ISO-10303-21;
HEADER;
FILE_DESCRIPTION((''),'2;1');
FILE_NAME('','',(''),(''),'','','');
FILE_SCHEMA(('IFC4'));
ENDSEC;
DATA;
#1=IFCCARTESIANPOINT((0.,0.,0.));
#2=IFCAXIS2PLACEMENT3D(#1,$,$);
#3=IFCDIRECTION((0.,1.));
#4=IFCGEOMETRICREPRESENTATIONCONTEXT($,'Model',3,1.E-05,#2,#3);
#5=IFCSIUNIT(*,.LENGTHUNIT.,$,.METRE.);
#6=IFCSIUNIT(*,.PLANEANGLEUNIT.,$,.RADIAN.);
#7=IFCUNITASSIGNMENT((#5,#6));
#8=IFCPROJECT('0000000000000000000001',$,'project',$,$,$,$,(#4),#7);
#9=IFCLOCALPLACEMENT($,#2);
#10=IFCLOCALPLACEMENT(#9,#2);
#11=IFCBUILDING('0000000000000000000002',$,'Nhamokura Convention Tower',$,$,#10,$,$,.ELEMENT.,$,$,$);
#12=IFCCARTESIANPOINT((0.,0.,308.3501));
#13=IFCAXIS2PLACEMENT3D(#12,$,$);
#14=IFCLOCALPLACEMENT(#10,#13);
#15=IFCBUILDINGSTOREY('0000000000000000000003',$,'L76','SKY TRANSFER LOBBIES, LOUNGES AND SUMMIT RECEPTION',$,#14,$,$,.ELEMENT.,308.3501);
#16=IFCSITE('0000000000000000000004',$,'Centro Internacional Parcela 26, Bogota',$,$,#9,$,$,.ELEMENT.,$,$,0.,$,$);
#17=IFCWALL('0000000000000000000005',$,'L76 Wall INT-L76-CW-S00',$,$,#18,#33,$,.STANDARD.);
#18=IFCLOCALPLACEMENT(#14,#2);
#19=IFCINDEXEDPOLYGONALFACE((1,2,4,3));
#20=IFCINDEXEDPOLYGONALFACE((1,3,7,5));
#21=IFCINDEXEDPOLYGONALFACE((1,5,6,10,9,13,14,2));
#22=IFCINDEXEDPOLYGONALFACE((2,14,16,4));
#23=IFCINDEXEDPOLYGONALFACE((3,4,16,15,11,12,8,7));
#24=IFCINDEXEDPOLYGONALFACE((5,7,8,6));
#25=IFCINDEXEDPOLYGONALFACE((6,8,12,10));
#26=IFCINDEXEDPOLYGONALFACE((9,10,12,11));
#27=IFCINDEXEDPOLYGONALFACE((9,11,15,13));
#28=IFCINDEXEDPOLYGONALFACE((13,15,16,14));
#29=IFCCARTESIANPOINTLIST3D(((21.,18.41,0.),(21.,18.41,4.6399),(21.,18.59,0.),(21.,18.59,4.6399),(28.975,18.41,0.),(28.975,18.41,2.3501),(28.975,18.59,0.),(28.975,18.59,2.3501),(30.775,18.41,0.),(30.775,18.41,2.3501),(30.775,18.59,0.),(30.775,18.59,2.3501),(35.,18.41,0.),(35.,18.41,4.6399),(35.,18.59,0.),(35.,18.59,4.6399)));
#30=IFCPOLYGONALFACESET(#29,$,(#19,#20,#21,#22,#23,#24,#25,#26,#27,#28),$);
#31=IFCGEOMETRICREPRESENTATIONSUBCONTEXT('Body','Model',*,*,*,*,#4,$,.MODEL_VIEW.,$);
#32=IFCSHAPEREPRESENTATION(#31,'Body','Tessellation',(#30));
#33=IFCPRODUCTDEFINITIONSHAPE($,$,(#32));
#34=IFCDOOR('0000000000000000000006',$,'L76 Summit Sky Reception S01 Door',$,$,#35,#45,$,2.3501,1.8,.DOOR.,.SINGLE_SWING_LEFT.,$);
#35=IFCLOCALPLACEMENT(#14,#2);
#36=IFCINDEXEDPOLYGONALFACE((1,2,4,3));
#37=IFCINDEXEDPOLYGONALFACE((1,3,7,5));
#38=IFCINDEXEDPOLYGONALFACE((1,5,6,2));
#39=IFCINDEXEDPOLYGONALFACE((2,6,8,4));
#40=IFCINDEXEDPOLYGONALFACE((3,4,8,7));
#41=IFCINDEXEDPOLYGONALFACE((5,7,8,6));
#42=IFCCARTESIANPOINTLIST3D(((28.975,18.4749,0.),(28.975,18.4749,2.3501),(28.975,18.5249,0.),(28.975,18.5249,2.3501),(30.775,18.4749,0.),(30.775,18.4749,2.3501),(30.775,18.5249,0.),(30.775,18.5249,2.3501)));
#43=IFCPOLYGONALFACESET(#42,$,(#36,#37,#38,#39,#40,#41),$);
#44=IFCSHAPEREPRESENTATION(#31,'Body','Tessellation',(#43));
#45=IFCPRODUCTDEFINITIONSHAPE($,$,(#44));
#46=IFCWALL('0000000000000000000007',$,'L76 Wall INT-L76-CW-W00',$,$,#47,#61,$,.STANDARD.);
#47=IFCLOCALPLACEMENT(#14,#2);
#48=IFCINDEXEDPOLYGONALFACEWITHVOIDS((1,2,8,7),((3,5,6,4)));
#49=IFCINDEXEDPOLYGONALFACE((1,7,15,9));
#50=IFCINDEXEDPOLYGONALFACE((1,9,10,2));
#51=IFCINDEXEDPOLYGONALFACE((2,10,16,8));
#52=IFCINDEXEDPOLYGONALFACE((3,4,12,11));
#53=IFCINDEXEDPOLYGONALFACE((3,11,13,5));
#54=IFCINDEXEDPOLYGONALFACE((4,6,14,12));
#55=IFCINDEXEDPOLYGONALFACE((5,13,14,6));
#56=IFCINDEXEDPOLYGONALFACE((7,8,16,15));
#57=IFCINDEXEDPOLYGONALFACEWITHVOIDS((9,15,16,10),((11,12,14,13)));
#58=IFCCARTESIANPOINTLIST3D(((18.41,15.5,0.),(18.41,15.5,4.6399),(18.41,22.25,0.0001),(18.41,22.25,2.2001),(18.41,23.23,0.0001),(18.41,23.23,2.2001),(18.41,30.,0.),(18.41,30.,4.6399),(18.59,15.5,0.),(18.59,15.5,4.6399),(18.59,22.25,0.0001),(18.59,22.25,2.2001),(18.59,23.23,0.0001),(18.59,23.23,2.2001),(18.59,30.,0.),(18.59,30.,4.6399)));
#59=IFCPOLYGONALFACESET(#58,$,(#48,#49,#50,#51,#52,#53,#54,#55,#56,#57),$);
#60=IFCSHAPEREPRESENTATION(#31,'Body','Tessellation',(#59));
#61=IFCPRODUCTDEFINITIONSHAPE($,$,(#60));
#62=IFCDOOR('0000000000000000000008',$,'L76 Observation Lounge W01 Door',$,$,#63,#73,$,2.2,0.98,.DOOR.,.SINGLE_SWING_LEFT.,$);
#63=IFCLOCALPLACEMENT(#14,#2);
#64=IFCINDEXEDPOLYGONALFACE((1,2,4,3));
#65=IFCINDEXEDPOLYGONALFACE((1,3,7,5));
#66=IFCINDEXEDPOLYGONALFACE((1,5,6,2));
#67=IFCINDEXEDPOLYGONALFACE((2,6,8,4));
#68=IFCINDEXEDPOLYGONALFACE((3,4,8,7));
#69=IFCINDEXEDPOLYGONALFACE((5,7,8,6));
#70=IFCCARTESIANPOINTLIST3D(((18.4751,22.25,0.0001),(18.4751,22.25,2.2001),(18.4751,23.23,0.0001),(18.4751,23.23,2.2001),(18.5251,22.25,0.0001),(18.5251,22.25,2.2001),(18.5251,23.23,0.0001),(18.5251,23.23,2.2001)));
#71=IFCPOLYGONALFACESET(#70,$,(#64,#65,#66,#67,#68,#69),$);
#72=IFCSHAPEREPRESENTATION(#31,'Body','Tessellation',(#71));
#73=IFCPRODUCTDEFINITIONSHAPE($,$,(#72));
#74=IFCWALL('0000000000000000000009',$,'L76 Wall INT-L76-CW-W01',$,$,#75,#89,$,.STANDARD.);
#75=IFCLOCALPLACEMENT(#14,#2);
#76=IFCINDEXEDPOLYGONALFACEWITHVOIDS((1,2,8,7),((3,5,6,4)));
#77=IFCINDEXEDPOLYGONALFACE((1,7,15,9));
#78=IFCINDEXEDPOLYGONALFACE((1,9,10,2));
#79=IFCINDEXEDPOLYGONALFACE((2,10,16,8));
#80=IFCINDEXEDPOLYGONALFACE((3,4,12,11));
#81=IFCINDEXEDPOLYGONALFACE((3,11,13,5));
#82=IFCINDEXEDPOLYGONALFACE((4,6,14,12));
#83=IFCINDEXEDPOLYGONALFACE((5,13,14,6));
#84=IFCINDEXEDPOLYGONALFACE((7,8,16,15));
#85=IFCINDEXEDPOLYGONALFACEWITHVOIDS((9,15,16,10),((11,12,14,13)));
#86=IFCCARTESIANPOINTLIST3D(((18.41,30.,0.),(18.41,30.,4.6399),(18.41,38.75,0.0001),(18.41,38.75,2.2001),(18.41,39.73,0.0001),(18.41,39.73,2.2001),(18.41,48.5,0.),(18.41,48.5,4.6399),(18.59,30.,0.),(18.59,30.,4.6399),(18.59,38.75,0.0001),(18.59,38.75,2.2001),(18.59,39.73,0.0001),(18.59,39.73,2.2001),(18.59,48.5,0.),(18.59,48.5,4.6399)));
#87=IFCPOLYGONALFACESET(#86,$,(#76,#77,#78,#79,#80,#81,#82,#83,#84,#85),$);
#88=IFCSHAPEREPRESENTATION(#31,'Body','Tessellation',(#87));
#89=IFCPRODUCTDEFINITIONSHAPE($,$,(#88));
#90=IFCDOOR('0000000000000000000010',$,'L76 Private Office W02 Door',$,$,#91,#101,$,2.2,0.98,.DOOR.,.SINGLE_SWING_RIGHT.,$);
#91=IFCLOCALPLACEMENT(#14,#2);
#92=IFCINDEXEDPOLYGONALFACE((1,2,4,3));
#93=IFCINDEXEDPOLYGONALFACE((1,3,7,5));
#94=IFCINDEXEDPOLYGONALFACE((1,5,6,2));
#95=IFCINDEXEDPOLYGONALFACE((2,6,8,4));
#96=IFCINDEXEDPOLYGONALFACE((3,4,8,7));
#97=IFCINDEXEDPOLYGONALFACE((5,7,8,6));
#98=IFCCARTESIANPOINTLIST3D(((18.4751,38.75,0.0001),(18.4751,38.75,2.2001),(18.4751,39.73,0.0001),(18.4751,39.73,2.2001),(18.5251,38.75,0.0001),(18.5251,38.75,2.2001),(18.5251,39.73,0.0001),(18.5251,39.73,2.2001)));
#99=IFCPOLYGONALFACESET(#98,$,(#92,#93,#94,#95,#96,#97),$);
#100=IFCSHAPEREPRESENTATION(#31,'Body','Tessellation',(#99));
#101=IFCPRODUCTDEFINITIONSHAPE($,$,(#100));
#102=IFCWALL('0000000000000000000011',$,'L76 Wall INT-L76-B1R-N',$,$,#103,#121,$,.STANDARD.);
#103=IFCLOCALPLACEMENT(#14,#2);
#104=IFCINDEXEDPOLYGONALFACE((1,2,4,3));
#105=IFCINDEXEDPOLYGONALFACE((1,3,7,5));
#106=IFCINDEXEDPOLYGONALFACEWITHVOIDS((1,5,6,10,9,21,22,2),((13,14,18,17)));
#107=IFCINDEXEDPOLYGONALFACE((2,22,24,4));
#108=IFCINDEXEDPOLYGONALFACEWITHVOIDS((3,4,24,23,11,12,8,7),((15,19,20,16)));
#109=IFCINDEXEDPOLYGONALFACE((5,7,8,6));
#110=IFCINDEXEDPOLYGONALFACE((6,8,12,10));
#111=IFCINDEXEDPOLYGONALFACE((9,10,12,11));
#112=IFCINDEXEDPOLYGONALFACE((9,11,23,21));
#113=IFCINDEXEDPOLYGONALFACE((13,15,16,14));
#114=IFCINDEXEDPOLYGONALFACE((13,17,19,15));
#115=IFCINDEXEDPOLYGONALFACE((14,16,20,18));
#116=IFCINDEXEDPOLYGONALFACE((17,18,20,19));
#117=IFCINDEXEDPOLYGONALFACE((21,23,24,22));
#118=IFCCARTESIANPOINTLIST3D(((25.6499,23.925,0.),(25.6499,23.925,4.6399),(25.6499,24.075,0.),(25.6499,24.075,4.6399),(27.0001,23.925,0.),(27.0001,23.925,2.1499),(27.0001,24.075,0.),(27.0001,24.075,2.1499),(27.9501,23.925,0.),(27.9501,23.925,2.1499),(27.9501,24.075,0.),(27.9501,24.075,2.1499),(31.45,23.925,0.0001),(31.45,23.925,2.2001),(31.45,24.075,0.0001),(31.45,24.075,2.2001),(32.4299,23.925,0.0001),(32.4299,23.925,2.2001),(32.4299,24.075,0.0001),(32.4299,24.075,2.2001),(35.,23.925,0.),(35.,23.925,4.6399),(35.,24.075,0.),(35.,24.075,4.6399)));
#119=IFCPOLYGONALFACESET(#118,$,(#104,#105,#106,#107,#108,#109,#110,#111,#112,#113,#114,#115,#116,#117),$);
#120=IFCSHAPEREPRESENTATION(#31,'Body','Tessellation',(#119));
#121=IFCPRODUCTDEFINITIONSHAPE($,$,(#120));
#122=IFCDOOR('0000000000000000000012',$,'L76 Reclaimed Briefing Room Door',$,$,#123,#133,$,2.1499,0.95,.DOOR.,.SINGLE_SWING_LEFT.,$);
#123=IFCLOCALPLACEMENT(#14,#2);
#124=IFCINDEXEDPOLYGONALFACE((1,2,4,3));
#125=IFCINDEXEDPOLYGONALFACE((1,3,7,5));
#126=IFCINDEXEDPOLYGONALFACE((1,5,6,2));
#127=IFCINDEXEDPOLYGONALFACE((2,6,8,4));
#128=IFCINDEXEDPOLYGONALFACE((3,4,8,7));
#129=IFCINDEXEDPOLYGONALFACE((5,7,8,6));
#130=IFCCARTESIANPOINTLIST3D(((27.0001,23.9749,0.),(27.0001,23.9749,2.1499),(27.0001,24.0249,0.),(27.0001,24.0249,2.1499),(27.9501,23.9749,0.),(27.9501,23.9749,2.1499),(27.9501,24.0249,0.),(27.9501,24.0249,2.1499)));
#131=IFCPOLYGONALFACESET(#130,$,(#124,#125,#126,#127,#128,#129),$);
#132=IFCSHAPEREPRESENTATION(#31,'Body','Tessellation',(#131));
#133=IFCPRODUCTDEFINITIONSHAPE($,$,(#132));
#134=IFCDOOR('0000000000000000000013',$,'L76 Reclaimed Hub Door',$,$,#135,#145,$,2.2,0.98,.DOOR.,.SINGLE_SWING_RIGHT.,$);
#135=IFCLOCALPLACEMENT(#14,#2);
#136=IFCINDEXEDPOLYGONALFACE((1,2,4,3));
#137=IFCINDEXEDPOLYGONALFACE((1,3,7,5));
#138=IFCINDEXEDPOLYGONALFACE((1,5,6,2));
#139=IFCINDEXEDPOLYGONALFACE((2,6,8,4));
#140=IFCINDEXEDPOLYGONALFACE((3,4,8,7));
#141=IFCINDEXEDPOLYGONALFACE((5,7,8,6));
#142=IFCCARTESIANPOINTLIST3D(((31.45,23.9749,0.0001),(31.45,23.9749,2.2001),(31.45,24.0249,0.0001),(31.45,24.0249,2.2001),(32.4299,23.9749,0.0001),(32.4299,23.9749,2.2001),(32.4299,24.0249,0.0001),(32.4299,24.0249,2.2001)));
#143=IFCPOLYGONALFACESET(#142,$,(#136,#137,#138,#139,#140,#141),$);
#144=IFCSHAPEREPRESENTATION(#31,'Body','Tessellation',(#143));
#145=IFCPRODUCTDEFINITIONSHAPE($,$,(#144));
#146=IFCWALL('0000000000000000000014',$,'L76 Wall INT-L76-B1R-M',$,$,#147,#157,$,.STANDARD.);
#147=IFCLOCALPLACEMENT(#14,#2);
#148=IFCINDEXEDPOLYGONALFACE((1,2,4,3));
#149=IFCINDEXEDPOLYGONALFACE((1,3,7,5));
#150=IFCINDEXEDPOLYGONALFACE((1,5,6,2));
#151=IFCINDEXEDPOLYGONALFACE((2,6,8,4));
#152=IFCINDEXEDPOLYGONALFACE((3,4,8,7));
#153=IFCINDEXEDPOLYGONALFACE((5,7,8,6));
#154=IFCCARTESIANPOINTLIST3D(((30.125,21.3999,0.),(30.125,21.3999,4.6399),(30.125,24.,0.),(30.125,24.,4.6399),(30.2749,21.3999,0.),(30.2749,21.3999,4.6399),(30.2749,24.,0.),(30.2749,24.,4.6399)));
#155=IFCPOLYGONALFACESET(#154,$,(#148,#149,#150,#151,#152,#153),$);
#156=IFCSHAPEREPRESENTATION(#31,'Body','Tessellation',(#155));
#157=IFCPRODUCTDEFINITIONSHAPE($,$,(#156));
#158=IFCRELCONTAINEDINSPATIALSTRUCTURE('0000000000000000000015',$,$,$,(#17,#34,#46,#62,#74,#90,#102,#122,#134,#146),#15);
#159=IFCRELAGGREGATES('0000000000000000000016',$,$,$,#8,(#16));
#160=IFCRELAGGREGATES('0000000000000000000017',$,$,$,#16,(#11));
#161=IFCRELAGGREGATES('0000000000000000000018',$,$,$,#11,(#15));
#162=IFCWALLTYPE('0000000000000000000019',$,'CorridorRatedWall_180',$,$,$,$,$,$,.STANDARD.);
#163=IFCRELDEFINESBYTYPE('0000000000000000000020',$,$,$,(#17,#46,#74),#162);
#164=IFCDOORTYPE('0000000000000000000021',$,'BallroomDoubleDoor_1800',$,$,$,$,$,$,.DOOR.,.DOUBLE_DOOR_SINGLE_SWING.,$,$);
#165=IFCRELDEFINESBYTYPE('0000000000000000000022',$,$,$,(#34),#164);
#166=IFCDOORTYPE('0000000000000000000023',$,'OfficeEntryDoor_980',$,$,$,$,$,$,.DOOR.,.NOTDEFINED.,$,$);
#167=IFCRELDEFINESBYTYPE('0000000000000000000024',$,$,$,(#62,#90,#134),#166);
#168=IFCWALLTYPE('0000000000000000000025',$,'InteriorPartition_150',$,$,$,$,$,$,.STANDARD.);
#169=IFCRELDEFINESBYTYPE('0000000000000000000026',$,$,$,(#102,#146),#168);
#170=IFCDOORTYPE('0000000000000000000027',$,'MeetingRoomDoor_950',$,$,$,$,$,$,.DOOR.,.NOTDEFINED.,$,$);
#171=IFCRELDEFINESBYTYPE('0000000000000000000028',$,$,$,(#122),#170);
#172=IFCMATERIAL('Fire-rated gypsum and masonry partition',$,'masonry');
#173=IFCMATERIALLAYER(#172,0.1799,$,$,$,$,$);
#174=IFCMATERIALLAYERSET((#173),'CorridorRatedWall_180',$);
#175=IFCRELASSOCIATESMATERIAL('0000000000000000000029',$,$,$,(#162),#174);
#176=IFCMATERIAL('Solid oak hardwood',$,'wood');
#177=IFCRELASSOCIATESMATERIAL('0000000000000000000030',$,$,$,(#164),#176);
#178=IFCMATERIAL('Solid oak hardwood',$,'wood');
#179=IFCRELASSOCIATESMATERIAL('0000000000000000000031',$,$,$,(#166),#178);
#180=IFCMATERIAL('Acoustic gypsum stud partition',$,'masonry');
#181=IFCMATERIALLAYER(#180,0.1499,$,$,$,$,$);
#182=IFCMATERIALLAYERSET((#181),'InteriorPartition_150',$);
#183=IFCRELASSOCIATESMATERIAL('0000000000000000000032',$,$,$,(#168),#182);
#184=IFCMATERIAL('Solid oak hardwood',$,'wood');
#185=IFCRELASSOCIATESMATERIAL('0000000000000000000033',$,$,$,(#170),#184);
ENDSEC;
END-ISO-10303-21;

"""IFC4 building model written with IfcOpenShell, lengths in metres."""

from ifc_helpers import new_model, si_unit, direction, frame, frame_2d, origin, place, context, subcontext, project, spatial, rectangle, extrude, material, layer, layer_set, type_object, element, fill, save


model = new_model("IFC4")

# Units and contexts
model_context = context("Model", 3, precision=1e-05, world=origin(), true_north=direction((0.0, 1.0)))
body_context = subcontext(model_context, "Body", "Model", "MODEL_VIEW")
ifc_project = project(units=[si_unit("LENGTHUNIT", "METRE"), si_unit("PLANEANGLEUNIT", "RADIAN")], contexts=[model_context])

# Site, building, storey
site_placement = place(None, origin())
site = spatial("IfcSite", under=ifc_project, at=site_placement, Name="Centro Internacional Parcela 26, Bogota", CompositionType="ELEMENT", RefElevation=0.0)
building_placement = place(site_placement, origin())
building = spatial("IfcBuilding", under=site, at=building_placement, Name="Nhamokura Convention Tower", CompositionType="ELEMENT")
storey_placement = place(building_placement, frame((0.0, 0.0, 308.3501)))
storey = spatial("IfcBuildingStorey", under=building, at=storey_placement, Name="L76", Description="SKY TRANSFER LOBBIES, LOUNGES AND SUMMIT RECEPTION", CompositionType="ELEMENT", Elevation=308.3501)

# Walls, openings, doors
ifc_material_1 = material(Name="Fire-rated gypsum and masonry partition", Category="masonry")
ifc_layer_1 = layer(ifc_material_1, 0.1799)
ifc_layer_set_1 = layer_set([ifc_layer_1], Name="CorridorRatedWall_180")
wall_type_1 = type_object("IfcWallType", Name="CorridorRatedWall_180", PredefinedType="STANDARD", material=ifc_layer_set_1)
wall_1_placement = place(storey_placement, frame((21.0, 18.5, 0.0), z_axis=(0.0, 0.0, 1.0), x_axis=(1.0, 0.0, 0.0)))
wall_1 = element("IfcWall", 1, at=wall_1_placement, inside=storey, type_object=wall_type_1, Name="L76 Wall INT-L76-CW-S00", PredefinedType="STANDARD", context=body_context, shape_type="SweptSolid", body=[
    extrude(rectangle(XDim=14.0, YDim=0.1799, at=frame_2d((7.0, 0.0))), origin(), (0.0, 0.0, 1.0), 4.6399),
])
opening_1_placement = place(wall_1_placement, frame((7.9751, 0.0, 0.0)))
opening_1 = element("IfcOpeningElement", 2, at=opening_1_placement, cuts=wall_1, PredefinedType="OPENING", context=body_context, shape_type="SweptSolid", body=[
    extrude(rectangle(XDim=1.8, YDim=2.3501, at=frame_2d((0.8999, 1.175))), frame((0.0, 0.0999, 0.0), z_axis=(0.0, -1.0, 0.0), x_axis=(1.0, 0.0, 0.0)), (0.0, 0.0, 1.0), 0.2),
])
ifc_material_2 = material(Name="Solid oak hardwood", Category="wood")
door_type_1 = type_object("IfcDoorType", Name="BallroomDoubleDoor_1800", OperationType="DOUBLE_DOOR_SINGLE_SWING", PredefinedType="DOOR", material=ifc_material_2)
door_1_placement = place(opening_1_placement, origin())
door_1 = element("IfcDoor", 3, at=door_1_placement, inside=storey, type_object=door_type_1, Name="L76 Summit Sky Reception S01 Door", OperationType="SINGLE_SWING_LEFT", OverallHeight=2.3501, OverallWidth=1.8, PredefinedType="DOOR", context=body_context, shape_type="SweptSolid", body=[
    extrude(rectangle(XDim=1.8, YDim=2.3501, at=frame_2d((0.8999, 1.175))), frame((0.0, 0.0249, 0.0), z_axis=(0.0, -1.0, 0.0), x_axis=(1.0, 0.0, 0.0)), (0.0, 0.0, 1.0), 0.05),
])
fill(opening_1, door_1)
wall_2_placement = place(storey_placement, frame((18.5, 15.5, 0.0), z_axis=(0.0, 0.0, 1.0), x_axis=(0.0, 1.0, 0.0)))
wall_2 = element("IfcWall", 4, at=wall_2_placement, inside=storey, type_object=wall_type_1, Name="L76 Wall INT-L76-CW-W00", PredefinedType="STANDARD", context=body_context, shape_type="SweptSolid", body=[
    extrude(rectangle(XDim=14.5, YDim=0.1799, at=frame_2d((7.25, 0.0))), origin(), (0.0, 0.0, 1.0), 4.6399),
])
opening_2_placement = place(wall_2_placement, frame((6.75, 0.0, 0.0)))
opening_2 = element("IfcOpeningElement", 5, at=opening_2_placement, cuts=wall_2, PredefinedType="OPENING", context=body_context, shape_type="SweptSolid", body=[
    extrude(rectangle(XDim=0.98, YDim=2.2, at=frame_2d((0.49, 1.1001))), frame((0.0, 0.0999, 0.0), z_axis=(0.0, -1.0, 0.0), x_axis=(1.0, 0.0, 0.0)), (0.0, 0.0, 1.0), 0.2),
])
ifc_material_3 = material(Name="Solid oak hardwood", Category="wood")
door_type_2 = type_object("IfcDoorType", Name="OfficeEntryDoor_980", OperationType="NOTDEFINED", PredefinedType="DOOR", material=ifc_material_3)
door_2_placement = place(opening_2_placement, origin())
door_2 = element("IfcDoor", 6, at=door_2_placement, inside=storey, type_object=door_type_2, Name="L76 Observation Lounge W01 Door", OperationType="SINGLE_SWING_LEFT", OverallHeight=2.2, OverallWidth=0.98, PredefinedType="DOOR", context=body_context, shape_type="SweptSolid", body=[
    extrude(rectangle(XDim=0.98, YDim=2.2, at=frame_2d((0.49, 1.1001))), frame((0.0, 0.0249, 0.0), z_axis=(0.0, -1.0, 0.0), x_axis=(1.0, 0.0, 0.0)), (0.0, 0.0, 1.0), 0.05),
])
fill(opening_2, door_2)
wall_3_placement = place(storey_placement, frame((18.5, 30.0, 0.0), z_axis=(0.0, 0.0, 1.0), x_axis=(0.0, 1.0, 0.0)))
wall_3 = element("IfcWall", 7, at=wall_3_placement, inside=storey, type_object=wall_type_1, Name="L76 Wall INT-L76-CW-W01", PredefinedType="STANDARD", context=body_context, shape_type="SweptSolid", body=[
    extrude(rectangle(XDim=18.5, YDim=0.1799, at=frame_2d((9.25, 0.0))), origin(), (0.0, 0.0, 1.0), 4.6399),
])
opening_3_placement = place(wall_3_placement, frame((8.75, 0.0, 0.0)))
opening_3 = element("IfcOpeningElement", 8, at=opening_3_placement, cuts=wall_3, PredefinedType="OPENING", context=body_context, shape_type="SweptSolid", body=[
    extrude(rectangle(XDim=0.98, YDim=2.2, at=frame_2d((0.49, 1.1001))), frame((0.0, 0.0999, 0.0), z_axis=(0.0, -1.0, 0.0), x_axis=(1.0, 0.0, 0.0)), (0.0, 0.0, 1.0), 0.2),
])
door_3_placement = place(opening_3_placement, origin())
door_3 = element("IfcDoor", 9, at=door_3_placement, inside=storey, type_object=door_type_2, Name="L76 Private Office W02 Door", OperationType="SINGLE_SWING_RIGHT", OverallHeight=2.2, OverallWidth=0.98, PredefinedType="DOOR", context=body_context, shape_type="SweptSolid", body=[
    extrude(rectangle(XDim=0.98, YDim=2.2, at=frame_2d((0.49, 1.1001))), frame((0.0, 0.0249, 0.0), z_axis=(0.0, -1.0, 0.0), x_axis=(1.0, 0.0, 0.0)), (0.0, 0.0, 1.0), 0.05),
])
fill(opening_3, door_3)

# Wall, openings, doors
ifc_material_4 = material(Name="Acoustic gypsum stud partition", Category="masonry")
ifc_layer_2 = layer(ifc_material_4, 0.1499)
ifc_layer_set_2 = layer_set([ifc_layer_2], Name="InteriorPartition_150")
wall_type_2 = type_object("IfcWallType", Name="InteriorPartition_150", PredefinedType="STANDARD", material=ifc_layer_set_2)
wall_4_placement = place(storey_placement, frame((25.6499, 24.0, 0.0), z_axis=(0.0, 0.0, 1.0), x_axis=(1.0, 0.0, 0.0)))
wall_4 = element("IfcWall", 10, at=wall_4_placement, inside=storey, type_object=wall_type_2, Name="L76 Wall INT-L76-B1R-N", PredefinedType="STANDARD", context=body_context, shape_type="SweptSolid", body=[
    extrude(rectangle(XDim=9.3501, YDim=0.1499, at=frame_2d((4.675, 0.0))), origin(), (0.0, 0.0, 1.0), 4.6399),
])
opening_4_placement = place(wall_4_placement, frame((1.3501, 0.0, 0.0)))
opening_4 = element("IfcOpeningElement", 11, at=opening_4_placement, cuts=wall_4, PredefinedType="OPENING", context=body_context, shape_type="SweptSolid", body=[
    extrude(rectangle(XDim=0.95, YDim=2.1499, at=frame_2d((0.4751, 1.075))), frame((0.0, 0.085, 0.0), z_axis=(0.0, -1.0, 0.0), x_axis=(1.0, 0.0, 0.0)), (0.0, 0.0, 1.0), 0.1699),
])
opening_5_placement = place(wall_4_placement, frame((5.8, 0.0, 0.0)))
opening_5 = element("IfcOpeningElement", 12, at=opening_5_placement, cuts=wall_4, PredefinedType="OPENING", context=body_context, shape_type="SweptSolid", body=[
    extrude(rectangle(XDim=0.98, YDim=2.2, at=frame_2d((0.49, 1.1001))), frame((0.0, 0.085, 0.0), z_axis=(0.0, -1.0, 0.0), x_axis=(1.0, 0.0, 0.0)), (0.0, 0.0, 1.0), 0.1699),
])
ifc_material_5 = material(Name="Solid oak hardwood", Category="wood")
door_type_3 = type_object("IfcDoorType", Name="MeetingRoomDoor_950", OperationType="NOTDEFINED", PredefinedType="DOOR", material=ifc_material_5)
door_4_placement = place(opening_4_placement, origin())
door_4 = element("IfcDoor", 13, at=door_4_placement, inside=storey, type_object=door_type_3, Name="L76 Reclaimed Briefing Room Door", OperationType="SINGLE_SWING_LEFT", OverallHeight=2.1499, OverallWidth=0.95, PredefinedType="DOOR", context=body_context, shape_type="SweptSolid", body=[
    extrude(rectangle(XDim=0.95, YDim=2.1499, at=frame_2d((0.4751, 1.075))), frame((0.0, 0.0249, 0.0), z_axis=(0.0, -1.0, 0.0), x_axis=(1.0, 0.0, 0.0)), (0.0, 0.0, 1.0), 0.05),
])
fill(opening_4, door_4)
door_5_placement = place(opening_5_placement, origin())
door_5 = element("IfcDoor", 14, at=door_5_placement, inside=storey, type_object=door_type_2, Name="L76 Reclaimed Hub Door", OperationType="SINGLE_SWING_RIGHT", OverallHeight=2.2, OverallWidth=0.98, PredefinedType="DOOR", context=body_context, shape_type="SweptSolid", body=[
    extrude(rectangle(XDim=0.98, YDim=2.2, at=frame_2d((0.49, 1.1001))), frame((0.0, 0.0249, 0.0), z_axis=(0.0, -1.0, 0.0), x_axis=(1.0, 0.0, 0.0)), (0.0, 0.0, 1.0), 0.05),
])
fill(opening_5, door_5)

# Wall
wall_5_placement = place(storey_placement, frame((30.2, 21.3999, 0.0), z_axis=(0.0, 0.0, 1.0), x_axis=(0.0, 1.0, 0.0)))
element("IfcWall", 15, at=wall_5_placement, inside=storey, type_object=wall_type_2, Name="L76 Wall INT-L76-B1R-M", PredefinedType="STANDARD", context=body_context, shape_type="SweptSolid", body=[
    extrude(rectangle(XDim=2.6001, YDim=0.1499, at=frame_2d((1.3, 0.0))), origin(), (0.0, 0.0, 1.0), 4.6399),
])

save(model, "model.ifc")
